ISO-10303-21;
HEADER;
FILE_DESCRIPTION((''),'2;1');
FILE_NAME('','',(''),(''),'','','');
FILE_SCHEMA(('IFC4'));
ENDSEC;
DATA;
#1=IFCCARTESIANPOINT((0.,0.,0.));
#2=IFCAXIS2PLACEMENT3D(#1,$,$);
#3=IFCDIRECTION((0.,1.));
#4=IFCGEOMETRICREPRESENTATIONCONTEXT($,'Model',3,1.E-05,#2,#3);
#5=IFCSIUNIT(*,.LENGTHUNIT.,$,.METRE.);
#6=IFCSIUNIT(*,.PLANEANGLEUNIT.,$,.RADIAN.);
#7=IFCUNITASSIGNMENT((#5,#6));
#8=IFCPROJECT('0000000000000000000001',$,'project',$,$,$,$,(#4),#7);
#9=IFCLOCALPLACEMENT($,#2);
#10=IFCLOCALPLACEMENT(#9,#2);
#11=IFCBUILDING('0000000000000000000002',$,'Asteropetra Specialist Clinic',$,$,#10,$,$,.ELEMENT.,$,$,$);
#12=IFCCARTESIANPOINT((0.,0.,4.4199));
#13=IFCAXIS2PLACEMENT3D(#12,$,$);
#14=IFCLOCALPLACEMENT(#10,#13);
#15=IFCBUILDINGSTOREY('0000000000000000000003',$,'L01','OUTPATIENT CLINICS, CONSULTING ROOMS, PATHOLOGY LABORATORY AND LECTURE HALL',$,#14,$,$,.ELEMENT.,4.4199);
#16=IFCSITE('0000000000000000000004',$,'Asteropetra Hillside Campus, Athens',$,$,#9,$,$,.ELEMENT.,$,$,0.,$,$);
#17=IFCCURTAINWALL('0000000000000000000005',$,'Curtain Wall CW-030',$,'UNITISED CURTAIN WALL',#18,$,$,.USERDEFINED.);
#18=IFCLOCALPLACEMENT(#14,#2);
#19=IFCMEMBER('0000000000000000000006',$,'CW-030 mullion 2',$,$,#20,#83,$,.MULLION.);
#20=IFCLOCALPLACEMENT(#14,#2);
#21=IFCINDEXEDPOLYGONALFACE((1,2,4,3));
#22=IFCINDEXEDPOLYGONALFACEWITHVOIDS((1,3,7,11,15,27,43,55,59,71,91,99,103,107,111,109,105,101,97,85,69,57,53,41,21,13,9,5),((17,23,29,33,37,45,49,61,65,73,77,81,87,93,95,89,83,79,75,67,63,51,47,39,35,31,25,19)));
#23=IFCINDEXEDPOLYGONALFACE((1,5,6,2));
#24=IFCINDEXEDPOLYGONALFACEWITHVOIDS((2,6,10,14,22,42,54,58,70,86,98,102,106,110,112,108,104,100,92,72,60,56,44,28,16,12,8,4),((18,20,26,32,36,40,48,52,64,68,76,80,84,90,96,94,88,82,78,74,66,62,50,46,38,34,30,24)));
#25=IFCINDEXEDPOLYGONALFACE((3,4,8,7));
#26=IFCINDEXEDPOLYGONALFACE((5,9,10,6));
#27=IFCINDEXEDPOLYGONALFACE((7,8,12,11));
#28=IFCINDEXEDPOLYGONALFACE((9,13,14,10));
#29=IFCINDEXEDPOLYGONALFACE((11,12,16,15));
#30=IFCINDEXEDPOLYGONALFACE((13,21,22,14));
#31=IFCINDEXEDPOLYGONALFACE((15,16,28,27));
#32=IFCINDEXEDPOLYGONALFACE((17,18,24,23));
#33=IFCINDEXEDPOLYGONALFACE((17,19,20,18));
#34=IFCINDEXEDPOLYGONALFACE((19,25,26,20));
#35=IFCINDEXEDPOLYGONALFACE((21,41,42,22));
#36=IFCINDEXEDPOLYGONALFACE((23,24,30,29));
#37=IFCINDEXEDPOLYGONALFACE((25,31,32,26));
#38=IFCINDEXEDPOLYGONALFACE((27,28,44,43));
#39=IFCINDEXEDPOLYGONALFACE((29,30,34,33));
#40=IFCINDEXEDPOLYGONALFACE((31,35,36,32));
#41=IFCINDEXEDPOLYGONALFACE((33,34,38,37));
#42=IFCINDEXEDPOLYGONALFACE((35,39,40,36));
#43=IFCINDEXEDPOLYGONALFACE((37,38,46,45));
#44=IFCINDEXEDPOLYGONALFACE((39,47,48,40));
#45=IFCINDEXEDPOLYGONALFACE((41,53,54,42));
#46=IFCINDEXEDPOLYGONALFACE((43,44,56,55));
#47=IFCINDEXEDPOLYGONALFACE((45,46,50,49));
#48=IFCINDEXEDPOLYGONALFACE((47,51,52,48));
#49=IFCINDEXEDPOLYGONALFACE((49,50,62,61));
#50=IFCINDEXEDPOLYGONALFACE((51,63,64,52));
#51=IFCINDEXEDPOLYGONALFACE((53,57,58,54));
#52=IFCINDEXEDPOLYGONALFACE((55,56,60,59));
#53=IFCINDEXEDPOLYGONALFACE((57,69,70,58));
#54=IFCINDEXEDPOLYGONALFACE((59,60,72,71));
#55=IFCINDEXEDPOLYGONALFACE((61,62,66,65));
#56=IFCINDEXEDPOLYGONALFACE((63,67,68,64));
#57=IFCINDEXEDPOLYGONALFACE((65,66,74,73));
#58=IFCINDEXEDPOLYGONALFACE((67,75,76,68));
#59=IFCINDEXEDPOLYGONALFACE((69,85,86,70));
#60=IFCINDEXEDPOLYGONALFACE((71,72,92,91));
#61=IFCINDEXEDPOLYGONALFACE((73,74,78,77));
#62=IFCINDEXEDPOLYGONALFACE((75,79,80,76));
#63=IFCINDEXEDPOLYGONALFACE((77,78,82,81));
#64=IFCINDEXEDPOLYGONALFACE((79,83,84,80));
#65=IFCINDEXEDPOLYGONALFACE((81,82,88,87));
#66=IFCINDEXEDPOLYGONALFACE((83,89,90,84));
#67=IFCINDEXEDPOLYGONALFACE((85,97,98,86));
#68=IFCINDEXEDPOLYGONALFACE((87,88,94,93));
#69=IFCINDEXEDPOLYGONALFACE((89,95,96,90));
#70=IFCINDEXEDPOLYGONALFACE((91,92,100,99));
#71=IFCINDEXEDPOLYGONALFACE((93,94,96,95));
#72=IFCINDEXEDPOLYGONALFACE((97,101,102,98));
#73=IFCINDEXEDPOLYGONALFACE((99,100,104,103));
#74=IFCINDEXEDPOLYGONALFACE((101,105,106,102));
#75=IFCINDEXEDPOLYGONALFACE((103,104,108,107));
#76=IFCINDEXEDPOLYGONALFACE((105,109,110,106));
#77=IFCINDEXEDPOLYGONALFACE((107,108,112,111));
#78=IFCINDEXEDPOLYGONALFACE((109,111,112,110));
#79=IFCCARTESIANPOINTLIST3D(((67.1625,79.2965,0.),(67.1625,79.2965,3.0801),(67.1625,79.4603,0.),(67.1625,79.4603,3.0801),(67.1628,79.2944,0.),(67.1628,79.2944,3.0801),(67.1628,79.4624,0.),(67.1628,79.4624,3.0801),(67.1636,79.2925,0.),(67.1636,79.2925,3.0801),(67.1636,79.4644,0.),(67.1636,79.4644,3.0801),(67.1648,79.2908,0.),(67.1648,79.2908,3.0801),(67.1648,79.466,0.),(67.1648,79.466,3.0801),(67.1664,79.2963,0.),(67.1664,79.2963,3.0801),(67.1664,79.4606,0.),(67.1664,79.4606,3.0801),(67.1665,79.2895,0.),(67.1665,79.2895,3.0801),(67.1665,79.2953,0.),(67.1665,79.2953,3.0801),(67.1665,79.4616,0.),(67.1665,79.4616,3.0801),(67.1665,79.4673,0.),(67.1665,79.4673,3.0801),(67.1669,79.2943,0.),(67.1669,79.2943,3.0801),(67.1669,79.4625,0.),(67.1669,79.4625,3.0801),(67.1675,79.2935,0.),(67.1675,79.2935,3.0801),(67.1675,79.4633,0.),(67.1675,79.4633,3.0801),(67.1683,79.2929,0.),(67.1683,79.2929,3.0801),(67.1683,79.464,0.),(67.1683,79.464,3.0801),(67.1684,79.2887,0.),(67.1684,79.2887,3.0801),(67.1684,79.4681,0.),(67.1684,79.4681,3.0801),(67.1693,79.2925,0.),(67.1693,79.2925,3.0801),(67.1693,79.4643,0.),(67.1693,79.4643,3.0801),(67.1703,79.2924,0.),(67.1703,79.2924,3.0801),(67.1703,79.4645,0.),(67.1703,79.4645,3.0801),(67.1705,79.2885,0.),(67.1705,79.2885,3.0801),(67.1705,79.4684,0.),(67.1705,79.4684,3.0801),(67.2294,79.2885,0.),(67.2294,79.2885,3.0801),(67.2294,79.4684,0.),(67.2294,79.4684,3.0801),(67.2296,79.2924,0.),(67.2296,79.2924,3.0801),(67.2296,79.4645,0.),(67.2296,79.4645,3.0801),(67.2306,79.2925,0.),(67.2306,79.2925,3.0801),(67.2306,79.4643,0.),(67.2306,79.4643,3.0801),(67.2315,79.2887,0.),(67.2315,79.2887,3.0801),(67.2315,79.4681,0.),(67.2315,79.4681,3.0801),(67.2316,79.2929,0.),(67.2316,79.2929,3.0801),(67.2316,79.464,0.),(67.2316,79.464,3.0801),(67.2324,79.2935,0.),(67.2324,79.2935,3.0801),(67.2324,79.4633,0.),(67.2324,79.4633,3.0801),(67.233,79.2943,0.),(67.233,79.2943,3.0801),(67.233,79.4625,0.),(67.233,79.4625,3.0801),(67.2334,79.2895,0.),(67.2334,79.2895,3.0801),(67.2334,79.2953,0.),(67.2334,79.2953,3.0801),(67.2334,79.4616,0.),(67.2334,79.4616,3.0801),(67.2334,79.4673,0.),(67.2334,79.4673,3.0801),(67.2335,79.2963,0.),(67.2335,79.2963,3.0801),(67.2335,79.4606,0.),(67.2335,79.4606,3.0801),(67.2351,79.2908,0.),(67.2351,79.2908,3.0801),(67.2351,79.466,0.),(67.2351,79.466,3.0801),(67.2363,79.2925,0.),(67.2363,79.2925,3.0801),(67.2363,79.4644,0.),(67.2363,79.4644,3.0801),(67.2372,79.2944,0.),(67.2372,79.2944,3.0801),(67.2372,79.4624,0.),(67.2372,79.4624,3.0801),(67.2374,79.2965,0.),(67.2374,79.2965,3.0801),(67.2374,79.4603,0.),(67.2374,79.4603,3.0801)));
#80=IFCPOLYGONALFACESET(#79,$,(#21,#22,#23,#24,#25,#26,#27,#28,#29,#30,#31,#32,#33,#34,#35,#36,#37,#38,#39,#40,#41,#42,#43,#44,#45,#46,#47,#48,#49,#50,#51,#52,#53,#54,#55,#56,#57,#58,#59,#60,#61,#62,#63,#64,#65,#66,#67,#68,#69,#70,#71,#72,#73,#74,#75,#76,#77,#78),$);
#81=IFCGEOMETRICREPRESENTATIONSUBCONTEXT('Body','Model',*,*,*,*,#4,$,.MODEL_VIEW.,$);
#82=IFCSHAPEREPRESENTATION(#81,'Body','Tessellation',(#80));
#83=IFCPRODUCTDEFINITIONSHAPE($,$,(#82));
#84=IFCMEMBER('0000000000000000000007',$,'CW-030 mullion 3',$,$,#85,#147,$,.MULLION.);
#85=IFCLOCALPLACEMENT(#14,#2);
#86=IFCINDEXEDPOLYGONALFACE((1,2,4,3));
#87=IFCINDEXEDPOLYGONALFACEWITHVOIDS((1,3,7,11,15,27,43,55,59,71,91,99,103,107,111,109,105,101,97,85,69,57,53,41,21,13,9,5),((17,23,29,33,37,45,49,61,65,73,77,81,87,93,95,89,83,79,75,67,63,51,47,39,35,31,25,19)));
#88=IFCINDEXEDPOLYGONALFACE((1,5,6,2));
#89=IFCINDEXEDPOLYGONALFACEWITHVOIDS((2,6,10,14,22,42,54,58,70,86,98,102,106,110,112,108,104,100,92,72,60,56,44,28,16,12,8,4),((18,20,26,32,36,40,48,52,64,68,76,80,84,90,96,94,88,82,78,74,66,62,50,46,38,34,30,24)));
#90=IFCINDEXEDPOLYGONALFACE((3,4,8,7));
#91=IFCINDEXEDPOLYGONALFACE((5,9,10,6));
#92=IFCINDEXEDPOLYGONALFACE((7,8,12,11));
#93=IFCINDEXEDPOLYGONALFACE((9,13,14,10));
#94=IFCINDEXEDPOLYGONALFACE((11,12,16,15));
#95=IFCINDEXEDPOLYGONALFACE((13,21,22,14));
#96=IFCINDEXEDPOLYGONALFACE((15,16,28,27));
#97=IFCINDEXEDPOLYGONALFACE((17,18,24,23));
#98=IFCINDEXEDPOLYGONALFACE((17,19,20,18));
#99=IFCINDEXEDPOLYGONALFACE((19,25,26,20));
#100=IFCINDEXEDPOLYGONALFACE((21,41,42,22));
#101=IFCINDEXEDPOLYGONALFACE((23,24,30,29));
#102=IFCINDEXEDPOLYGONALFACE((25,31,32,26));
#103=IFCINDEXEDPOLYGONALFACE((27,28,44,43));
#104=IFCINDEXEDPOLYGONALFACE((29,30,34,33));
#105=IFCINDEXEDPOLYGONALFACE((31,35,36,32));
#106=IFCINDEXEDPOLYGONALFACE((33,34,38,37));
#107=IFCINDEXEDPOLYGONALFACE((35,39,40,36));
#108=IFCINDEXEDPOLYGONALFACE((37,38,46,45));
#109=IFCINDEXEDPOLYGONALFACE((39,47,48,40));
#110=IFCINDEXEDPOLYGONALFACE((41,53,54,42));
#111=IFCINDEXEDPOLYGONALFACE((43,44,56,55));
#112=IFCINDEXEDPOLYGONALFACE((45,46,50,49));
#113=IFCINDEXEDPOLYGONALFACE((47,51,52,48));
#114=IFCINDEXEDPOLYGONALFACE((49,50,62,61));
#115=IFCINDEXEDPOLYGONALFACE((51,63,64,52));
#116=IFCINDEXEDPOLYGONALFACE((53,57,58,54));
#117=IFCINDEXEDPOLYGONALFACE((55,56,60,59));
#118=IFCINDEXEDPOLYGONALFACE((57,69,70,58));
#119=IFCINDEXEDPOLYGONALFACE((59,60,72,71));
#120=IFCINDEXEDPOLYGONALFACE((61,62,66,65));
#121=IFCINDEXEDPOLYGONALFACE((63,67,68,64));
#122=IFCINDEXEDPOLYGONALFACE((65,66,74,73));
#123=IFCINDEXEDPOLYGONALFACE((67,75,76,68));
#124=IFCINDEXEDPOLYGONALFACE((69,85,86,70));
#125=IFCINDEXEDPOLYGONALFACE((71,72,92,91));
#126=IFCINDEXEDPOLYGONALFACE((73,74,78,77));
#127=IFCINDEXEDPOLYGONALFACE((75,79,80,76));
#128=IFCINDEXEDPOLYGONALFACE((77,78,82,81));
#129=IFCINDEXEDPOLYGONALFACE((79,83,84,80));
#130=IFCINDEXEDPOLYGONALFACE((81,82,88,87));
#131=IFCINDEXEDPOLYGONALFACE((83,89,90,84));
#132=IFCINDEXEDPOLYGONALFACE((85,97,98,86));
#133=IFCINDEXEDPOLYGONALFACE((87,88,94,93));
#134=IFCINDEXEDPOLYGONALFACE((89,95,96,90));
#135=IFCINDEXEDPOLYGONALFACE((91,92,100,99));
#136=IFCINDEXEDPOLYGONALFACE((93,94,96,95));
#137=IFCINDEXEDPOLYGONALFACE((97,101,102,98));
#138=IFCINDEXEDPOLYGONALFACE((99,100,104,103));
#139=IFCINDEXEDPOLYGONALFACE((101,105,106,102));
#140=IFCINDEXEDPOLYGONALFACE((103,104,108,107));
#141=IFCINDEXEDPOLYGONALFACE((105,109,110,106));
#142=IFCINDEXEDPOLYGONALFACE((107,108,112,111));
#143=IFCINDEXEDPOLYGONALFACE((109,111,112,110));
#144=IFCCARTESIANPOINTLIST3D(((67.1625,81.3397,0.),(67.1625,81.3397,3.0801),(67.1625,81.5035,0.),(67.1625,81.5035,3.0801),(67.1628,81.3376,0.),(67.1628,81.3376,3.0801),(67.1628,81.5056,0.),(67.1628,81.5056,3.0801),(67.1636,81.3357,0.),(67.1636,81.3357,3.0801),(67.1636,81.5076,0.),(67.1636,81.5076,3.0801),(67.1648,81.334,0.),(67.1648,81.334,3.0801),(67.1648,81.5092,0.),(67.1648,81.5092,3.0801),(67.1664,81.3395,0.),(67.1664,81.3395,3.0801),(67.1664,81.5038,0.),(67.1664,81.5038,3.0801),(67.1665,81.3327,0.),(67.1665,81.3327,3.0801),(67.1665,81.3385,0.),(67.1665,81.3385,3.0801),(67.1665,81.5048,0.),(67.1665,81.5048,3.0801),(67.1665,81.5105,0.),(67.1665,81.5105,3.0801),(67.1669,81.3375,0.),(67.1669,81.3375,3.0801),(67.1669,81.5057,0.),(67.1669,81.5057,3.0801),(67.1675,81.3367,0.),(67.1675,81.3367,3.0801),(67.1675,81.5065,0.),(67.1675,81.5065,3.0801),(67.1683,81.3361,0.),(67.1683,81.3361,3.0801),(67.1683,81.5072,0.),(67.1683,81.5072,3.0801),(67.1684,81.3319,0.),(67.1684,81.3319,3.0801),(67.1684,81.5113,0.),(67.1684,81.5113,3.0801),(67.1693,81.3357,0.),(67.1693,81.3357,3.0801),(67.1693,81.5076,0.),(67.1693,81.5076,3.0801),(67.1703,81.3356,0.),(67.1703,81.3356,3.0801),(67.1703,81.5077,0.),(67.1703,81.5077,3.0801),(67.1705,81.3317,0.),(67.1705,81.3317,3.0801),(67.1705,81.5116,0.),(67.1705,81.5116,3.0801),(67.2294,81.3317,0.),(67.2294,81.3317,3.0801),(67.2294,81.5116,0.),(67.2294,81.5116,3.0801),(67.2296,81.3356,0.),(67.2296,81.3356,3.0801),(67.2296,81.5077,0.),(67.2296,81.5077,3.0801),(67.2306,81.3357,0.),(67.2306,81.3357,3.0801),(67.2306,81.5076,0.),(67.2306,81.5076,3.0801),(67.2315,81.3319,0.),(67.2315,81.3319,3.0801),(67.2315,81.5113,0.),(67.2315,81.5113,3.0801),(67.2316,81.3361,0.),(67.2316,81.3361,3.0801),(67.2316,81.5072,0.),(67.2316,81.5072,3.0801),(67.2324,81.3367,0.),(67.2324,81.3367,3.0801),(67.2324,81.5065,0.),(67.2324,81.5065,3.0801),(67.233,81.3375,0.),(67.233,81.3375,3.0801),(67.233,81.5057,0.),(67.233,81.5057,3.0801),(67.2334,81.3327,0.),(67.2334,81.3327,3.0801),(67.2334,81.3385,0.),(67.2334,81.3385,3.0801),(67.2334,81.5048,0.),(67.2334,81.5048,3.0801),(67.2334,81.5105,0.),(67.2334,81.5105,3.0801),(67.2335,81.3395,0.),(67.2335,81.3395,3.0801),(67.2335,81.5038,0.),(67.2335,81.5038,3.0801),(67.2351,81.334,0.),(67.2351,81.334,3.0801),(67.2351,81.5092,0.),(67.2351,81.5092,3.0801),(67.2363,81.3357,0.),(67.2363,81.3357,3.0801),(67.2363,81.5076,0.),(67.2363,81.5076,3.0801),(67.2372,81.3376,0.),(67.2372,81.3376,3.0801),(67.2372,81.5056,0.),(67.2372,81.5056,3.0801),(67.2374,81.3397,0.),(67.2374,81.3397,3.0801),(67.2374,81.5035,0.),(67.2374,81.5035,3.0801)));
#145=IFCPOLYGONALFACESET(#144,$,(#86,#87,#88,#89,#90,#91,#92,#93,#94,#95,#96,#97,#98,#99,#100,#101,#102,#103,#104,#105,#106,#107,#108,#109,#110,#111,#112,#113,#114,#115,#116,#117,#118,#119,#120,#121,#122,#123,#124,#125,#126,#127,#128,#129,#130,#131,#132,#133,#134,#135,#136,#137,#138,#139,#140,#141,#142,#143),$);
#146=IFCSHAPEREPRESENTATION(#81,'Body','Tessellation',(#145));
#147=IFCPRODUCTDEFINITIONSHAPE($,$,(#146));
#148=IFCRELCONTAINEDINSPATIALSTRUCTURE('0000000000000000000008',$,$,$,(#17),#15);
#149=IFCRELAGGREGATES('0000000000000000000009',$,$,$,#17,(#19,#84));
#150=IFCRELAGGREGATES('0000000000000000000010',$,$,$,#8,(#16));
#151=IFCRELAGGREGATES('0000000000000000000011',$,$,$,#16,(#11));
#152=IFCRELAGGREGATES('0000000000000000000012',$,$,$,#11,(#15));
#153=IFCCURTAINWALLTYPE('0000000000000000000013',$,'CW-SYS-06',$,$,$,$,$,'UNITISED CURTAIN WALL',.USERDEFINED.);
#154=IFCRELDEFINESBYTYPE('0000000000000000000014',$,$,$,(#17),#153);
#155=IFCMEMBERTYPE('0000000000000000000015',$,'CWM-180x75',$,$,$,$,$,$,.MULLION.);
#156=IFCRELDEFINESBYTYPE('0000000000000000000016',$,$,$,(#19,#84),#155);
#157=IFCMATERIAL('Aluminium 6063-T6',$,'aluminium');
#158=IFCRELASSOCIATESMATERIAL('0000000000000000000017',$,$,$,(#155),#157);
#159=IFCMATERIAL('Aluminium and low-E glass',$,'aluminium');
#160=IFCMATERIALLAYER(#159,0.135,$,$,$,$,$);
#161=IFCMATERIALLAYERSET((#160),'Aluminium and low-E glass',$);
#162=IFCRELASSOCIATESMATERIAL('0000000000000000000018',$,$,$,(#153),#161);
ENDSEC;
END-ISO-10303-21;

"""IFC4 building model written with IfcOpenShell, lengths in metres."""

from ifc_helpers import new_model, si_unit, direction, frame, origin, origin_2d, place, context, subcontext, project, spatial, hollow_rectangle, extrude, material, layer, layer_set, material_profile, profile_set, type_object, element, aggregate, save


model = new_model("IFC4")

# Units and contexts
model_context = context("Model", 3, precision=1e-05, world=origin(), true_north=direction((0.0, 1.0)))
body_context = subcontext(model_context, "Body", "Model", "MODEL_VIEW")
ifc_project = project(units=[si_unit("LENGTHUNIT", "METRE"), si_unit("PLANEANGLEUNIT", "RADIAN")], contexts=[model_context])

# Site, building, storey
site_placement = place(None, origin())
site = spatial("IfcSite", under=ifc_project, at=site_placement, Name="Asteropetra Hillside Campus, Athens", CompositionType="ELEMENT", RefElevation=0.0)
building_placement = place(site_placement, origin())
building = spatial("IfcBuilding", under=site, at=building_placement, Name="Asteropetra Specialist Clinic", CompositionType="ELEMENT")
storey_placement = place(building_placement, frame((0.0, 0.0, 4.4199)))
storey = spatial("IfcBuildingStorey", under=building, at=storey_placement, Name="L01", Description="OUTPATIENT CLINICS, CONSULTING ROOMS, PATHOLOGY LABORATORY AND LECTURE HALL", CompositionType="ELEMENT", Elevation=4.4199)

# Shared definitions
ifc_material_1 = material(Name="Aluminium 6063-T6", Category="aluminium")
ifc_material_profile_1 = material_profile(ifc_material_1, hollow_rectangle(XDim=0.075, YDim=0.1799, WallThickness=0.0039, InnerFilletRadius=0.0039, OuterFilletRadius=0.0081, at=origin_2d()), Name="MUL 180x75x4.0")
ifc_profile_set_1 = profile_set([ifc_material_profile_1], Name="Aluminium 6063-T6")
member_type_1 = type_object("IfcMemberType", Name="CWM-180x75", PredefinedType="MULLION", material=ifc_profile_set_1)

# Curtain wall, members
ifc_material_2 = material(Name="Aluminium and low-E glass", Category="aluminium")
ifc_layer_1 = layer(ifc_material_2, 0.135)
ifc_layer_set_1 = layer_set([ifc_layer_1], Name="Aluminium and low-E glass")
curtain_wall_type_1 = type_object("IfcCurtainWallType", Name="CW-SYS-06", ElementType="UNITISED CURTAIN WALL", PredefinedType="USERDEFINED", material=ifc_layer_set_1)
curtain_wall_1_placement = place(storey_placement, origin())
curtain_wall_1 = element("IfcCurtainWall", 1, at=curtain_wall_1_placement, inside=storey, type_object=curtain_wall_type_1, Name="Curtain Wall CW-030", ObjectType="UNITISED CURTAIN WALL", PredefinedType="USERDEFINED")
member_1_placement = place(storey_placement, frame((67.2, 79.3784, 0.0), z_axis=(0.0, 0.0, 1.0), x_axis=(-1.0, 0.0, 0.0)))
member_1 = element("IfcMember", 2, at=member_1_placement, type_object=member_type_1, Name="CW-030 mullion 2", PredefinedType="MULLION", context=body_context, shape_type="SweptSolid", body=[
    extrude(hollow_rectangle(XDim=0.075, YDim=0.1799, WallThickness=0.0039, InnerFilletRadius=0.0039, OuterFilletRadius=0.0081, at=origin_2d()), origin(), (0.0, 0.0, 1.0), 3.0801),
])
member_2_placement = place(storey_placement, frame((67.2, 81.4216, 0.0), z_axis=(0.0, 0.0, 1.0), x_axis=(-1.0, 0.0, 0.0)))
member_2 = element("IfcMember", 3, at=member_2_placement, type_object=member_type_1, Name="CW-030 mullion 3", PredefinedType="MULLION", context=body_context, shape_type="SweptSolid", body=[
    extrude(hollow_rectangle(XDim=0.075, YDim=0.1799, WallThickness=0.0039, InnerFilletRadius=0.0039, OuterFilletRadius=0.0081, at=origin_2d()), origin(), (0.0, 0.0, 1.0), 3.0801),
])
aggregate(curtain_wall_1, [member_1, member_2])

save(model, "model.ifc")
